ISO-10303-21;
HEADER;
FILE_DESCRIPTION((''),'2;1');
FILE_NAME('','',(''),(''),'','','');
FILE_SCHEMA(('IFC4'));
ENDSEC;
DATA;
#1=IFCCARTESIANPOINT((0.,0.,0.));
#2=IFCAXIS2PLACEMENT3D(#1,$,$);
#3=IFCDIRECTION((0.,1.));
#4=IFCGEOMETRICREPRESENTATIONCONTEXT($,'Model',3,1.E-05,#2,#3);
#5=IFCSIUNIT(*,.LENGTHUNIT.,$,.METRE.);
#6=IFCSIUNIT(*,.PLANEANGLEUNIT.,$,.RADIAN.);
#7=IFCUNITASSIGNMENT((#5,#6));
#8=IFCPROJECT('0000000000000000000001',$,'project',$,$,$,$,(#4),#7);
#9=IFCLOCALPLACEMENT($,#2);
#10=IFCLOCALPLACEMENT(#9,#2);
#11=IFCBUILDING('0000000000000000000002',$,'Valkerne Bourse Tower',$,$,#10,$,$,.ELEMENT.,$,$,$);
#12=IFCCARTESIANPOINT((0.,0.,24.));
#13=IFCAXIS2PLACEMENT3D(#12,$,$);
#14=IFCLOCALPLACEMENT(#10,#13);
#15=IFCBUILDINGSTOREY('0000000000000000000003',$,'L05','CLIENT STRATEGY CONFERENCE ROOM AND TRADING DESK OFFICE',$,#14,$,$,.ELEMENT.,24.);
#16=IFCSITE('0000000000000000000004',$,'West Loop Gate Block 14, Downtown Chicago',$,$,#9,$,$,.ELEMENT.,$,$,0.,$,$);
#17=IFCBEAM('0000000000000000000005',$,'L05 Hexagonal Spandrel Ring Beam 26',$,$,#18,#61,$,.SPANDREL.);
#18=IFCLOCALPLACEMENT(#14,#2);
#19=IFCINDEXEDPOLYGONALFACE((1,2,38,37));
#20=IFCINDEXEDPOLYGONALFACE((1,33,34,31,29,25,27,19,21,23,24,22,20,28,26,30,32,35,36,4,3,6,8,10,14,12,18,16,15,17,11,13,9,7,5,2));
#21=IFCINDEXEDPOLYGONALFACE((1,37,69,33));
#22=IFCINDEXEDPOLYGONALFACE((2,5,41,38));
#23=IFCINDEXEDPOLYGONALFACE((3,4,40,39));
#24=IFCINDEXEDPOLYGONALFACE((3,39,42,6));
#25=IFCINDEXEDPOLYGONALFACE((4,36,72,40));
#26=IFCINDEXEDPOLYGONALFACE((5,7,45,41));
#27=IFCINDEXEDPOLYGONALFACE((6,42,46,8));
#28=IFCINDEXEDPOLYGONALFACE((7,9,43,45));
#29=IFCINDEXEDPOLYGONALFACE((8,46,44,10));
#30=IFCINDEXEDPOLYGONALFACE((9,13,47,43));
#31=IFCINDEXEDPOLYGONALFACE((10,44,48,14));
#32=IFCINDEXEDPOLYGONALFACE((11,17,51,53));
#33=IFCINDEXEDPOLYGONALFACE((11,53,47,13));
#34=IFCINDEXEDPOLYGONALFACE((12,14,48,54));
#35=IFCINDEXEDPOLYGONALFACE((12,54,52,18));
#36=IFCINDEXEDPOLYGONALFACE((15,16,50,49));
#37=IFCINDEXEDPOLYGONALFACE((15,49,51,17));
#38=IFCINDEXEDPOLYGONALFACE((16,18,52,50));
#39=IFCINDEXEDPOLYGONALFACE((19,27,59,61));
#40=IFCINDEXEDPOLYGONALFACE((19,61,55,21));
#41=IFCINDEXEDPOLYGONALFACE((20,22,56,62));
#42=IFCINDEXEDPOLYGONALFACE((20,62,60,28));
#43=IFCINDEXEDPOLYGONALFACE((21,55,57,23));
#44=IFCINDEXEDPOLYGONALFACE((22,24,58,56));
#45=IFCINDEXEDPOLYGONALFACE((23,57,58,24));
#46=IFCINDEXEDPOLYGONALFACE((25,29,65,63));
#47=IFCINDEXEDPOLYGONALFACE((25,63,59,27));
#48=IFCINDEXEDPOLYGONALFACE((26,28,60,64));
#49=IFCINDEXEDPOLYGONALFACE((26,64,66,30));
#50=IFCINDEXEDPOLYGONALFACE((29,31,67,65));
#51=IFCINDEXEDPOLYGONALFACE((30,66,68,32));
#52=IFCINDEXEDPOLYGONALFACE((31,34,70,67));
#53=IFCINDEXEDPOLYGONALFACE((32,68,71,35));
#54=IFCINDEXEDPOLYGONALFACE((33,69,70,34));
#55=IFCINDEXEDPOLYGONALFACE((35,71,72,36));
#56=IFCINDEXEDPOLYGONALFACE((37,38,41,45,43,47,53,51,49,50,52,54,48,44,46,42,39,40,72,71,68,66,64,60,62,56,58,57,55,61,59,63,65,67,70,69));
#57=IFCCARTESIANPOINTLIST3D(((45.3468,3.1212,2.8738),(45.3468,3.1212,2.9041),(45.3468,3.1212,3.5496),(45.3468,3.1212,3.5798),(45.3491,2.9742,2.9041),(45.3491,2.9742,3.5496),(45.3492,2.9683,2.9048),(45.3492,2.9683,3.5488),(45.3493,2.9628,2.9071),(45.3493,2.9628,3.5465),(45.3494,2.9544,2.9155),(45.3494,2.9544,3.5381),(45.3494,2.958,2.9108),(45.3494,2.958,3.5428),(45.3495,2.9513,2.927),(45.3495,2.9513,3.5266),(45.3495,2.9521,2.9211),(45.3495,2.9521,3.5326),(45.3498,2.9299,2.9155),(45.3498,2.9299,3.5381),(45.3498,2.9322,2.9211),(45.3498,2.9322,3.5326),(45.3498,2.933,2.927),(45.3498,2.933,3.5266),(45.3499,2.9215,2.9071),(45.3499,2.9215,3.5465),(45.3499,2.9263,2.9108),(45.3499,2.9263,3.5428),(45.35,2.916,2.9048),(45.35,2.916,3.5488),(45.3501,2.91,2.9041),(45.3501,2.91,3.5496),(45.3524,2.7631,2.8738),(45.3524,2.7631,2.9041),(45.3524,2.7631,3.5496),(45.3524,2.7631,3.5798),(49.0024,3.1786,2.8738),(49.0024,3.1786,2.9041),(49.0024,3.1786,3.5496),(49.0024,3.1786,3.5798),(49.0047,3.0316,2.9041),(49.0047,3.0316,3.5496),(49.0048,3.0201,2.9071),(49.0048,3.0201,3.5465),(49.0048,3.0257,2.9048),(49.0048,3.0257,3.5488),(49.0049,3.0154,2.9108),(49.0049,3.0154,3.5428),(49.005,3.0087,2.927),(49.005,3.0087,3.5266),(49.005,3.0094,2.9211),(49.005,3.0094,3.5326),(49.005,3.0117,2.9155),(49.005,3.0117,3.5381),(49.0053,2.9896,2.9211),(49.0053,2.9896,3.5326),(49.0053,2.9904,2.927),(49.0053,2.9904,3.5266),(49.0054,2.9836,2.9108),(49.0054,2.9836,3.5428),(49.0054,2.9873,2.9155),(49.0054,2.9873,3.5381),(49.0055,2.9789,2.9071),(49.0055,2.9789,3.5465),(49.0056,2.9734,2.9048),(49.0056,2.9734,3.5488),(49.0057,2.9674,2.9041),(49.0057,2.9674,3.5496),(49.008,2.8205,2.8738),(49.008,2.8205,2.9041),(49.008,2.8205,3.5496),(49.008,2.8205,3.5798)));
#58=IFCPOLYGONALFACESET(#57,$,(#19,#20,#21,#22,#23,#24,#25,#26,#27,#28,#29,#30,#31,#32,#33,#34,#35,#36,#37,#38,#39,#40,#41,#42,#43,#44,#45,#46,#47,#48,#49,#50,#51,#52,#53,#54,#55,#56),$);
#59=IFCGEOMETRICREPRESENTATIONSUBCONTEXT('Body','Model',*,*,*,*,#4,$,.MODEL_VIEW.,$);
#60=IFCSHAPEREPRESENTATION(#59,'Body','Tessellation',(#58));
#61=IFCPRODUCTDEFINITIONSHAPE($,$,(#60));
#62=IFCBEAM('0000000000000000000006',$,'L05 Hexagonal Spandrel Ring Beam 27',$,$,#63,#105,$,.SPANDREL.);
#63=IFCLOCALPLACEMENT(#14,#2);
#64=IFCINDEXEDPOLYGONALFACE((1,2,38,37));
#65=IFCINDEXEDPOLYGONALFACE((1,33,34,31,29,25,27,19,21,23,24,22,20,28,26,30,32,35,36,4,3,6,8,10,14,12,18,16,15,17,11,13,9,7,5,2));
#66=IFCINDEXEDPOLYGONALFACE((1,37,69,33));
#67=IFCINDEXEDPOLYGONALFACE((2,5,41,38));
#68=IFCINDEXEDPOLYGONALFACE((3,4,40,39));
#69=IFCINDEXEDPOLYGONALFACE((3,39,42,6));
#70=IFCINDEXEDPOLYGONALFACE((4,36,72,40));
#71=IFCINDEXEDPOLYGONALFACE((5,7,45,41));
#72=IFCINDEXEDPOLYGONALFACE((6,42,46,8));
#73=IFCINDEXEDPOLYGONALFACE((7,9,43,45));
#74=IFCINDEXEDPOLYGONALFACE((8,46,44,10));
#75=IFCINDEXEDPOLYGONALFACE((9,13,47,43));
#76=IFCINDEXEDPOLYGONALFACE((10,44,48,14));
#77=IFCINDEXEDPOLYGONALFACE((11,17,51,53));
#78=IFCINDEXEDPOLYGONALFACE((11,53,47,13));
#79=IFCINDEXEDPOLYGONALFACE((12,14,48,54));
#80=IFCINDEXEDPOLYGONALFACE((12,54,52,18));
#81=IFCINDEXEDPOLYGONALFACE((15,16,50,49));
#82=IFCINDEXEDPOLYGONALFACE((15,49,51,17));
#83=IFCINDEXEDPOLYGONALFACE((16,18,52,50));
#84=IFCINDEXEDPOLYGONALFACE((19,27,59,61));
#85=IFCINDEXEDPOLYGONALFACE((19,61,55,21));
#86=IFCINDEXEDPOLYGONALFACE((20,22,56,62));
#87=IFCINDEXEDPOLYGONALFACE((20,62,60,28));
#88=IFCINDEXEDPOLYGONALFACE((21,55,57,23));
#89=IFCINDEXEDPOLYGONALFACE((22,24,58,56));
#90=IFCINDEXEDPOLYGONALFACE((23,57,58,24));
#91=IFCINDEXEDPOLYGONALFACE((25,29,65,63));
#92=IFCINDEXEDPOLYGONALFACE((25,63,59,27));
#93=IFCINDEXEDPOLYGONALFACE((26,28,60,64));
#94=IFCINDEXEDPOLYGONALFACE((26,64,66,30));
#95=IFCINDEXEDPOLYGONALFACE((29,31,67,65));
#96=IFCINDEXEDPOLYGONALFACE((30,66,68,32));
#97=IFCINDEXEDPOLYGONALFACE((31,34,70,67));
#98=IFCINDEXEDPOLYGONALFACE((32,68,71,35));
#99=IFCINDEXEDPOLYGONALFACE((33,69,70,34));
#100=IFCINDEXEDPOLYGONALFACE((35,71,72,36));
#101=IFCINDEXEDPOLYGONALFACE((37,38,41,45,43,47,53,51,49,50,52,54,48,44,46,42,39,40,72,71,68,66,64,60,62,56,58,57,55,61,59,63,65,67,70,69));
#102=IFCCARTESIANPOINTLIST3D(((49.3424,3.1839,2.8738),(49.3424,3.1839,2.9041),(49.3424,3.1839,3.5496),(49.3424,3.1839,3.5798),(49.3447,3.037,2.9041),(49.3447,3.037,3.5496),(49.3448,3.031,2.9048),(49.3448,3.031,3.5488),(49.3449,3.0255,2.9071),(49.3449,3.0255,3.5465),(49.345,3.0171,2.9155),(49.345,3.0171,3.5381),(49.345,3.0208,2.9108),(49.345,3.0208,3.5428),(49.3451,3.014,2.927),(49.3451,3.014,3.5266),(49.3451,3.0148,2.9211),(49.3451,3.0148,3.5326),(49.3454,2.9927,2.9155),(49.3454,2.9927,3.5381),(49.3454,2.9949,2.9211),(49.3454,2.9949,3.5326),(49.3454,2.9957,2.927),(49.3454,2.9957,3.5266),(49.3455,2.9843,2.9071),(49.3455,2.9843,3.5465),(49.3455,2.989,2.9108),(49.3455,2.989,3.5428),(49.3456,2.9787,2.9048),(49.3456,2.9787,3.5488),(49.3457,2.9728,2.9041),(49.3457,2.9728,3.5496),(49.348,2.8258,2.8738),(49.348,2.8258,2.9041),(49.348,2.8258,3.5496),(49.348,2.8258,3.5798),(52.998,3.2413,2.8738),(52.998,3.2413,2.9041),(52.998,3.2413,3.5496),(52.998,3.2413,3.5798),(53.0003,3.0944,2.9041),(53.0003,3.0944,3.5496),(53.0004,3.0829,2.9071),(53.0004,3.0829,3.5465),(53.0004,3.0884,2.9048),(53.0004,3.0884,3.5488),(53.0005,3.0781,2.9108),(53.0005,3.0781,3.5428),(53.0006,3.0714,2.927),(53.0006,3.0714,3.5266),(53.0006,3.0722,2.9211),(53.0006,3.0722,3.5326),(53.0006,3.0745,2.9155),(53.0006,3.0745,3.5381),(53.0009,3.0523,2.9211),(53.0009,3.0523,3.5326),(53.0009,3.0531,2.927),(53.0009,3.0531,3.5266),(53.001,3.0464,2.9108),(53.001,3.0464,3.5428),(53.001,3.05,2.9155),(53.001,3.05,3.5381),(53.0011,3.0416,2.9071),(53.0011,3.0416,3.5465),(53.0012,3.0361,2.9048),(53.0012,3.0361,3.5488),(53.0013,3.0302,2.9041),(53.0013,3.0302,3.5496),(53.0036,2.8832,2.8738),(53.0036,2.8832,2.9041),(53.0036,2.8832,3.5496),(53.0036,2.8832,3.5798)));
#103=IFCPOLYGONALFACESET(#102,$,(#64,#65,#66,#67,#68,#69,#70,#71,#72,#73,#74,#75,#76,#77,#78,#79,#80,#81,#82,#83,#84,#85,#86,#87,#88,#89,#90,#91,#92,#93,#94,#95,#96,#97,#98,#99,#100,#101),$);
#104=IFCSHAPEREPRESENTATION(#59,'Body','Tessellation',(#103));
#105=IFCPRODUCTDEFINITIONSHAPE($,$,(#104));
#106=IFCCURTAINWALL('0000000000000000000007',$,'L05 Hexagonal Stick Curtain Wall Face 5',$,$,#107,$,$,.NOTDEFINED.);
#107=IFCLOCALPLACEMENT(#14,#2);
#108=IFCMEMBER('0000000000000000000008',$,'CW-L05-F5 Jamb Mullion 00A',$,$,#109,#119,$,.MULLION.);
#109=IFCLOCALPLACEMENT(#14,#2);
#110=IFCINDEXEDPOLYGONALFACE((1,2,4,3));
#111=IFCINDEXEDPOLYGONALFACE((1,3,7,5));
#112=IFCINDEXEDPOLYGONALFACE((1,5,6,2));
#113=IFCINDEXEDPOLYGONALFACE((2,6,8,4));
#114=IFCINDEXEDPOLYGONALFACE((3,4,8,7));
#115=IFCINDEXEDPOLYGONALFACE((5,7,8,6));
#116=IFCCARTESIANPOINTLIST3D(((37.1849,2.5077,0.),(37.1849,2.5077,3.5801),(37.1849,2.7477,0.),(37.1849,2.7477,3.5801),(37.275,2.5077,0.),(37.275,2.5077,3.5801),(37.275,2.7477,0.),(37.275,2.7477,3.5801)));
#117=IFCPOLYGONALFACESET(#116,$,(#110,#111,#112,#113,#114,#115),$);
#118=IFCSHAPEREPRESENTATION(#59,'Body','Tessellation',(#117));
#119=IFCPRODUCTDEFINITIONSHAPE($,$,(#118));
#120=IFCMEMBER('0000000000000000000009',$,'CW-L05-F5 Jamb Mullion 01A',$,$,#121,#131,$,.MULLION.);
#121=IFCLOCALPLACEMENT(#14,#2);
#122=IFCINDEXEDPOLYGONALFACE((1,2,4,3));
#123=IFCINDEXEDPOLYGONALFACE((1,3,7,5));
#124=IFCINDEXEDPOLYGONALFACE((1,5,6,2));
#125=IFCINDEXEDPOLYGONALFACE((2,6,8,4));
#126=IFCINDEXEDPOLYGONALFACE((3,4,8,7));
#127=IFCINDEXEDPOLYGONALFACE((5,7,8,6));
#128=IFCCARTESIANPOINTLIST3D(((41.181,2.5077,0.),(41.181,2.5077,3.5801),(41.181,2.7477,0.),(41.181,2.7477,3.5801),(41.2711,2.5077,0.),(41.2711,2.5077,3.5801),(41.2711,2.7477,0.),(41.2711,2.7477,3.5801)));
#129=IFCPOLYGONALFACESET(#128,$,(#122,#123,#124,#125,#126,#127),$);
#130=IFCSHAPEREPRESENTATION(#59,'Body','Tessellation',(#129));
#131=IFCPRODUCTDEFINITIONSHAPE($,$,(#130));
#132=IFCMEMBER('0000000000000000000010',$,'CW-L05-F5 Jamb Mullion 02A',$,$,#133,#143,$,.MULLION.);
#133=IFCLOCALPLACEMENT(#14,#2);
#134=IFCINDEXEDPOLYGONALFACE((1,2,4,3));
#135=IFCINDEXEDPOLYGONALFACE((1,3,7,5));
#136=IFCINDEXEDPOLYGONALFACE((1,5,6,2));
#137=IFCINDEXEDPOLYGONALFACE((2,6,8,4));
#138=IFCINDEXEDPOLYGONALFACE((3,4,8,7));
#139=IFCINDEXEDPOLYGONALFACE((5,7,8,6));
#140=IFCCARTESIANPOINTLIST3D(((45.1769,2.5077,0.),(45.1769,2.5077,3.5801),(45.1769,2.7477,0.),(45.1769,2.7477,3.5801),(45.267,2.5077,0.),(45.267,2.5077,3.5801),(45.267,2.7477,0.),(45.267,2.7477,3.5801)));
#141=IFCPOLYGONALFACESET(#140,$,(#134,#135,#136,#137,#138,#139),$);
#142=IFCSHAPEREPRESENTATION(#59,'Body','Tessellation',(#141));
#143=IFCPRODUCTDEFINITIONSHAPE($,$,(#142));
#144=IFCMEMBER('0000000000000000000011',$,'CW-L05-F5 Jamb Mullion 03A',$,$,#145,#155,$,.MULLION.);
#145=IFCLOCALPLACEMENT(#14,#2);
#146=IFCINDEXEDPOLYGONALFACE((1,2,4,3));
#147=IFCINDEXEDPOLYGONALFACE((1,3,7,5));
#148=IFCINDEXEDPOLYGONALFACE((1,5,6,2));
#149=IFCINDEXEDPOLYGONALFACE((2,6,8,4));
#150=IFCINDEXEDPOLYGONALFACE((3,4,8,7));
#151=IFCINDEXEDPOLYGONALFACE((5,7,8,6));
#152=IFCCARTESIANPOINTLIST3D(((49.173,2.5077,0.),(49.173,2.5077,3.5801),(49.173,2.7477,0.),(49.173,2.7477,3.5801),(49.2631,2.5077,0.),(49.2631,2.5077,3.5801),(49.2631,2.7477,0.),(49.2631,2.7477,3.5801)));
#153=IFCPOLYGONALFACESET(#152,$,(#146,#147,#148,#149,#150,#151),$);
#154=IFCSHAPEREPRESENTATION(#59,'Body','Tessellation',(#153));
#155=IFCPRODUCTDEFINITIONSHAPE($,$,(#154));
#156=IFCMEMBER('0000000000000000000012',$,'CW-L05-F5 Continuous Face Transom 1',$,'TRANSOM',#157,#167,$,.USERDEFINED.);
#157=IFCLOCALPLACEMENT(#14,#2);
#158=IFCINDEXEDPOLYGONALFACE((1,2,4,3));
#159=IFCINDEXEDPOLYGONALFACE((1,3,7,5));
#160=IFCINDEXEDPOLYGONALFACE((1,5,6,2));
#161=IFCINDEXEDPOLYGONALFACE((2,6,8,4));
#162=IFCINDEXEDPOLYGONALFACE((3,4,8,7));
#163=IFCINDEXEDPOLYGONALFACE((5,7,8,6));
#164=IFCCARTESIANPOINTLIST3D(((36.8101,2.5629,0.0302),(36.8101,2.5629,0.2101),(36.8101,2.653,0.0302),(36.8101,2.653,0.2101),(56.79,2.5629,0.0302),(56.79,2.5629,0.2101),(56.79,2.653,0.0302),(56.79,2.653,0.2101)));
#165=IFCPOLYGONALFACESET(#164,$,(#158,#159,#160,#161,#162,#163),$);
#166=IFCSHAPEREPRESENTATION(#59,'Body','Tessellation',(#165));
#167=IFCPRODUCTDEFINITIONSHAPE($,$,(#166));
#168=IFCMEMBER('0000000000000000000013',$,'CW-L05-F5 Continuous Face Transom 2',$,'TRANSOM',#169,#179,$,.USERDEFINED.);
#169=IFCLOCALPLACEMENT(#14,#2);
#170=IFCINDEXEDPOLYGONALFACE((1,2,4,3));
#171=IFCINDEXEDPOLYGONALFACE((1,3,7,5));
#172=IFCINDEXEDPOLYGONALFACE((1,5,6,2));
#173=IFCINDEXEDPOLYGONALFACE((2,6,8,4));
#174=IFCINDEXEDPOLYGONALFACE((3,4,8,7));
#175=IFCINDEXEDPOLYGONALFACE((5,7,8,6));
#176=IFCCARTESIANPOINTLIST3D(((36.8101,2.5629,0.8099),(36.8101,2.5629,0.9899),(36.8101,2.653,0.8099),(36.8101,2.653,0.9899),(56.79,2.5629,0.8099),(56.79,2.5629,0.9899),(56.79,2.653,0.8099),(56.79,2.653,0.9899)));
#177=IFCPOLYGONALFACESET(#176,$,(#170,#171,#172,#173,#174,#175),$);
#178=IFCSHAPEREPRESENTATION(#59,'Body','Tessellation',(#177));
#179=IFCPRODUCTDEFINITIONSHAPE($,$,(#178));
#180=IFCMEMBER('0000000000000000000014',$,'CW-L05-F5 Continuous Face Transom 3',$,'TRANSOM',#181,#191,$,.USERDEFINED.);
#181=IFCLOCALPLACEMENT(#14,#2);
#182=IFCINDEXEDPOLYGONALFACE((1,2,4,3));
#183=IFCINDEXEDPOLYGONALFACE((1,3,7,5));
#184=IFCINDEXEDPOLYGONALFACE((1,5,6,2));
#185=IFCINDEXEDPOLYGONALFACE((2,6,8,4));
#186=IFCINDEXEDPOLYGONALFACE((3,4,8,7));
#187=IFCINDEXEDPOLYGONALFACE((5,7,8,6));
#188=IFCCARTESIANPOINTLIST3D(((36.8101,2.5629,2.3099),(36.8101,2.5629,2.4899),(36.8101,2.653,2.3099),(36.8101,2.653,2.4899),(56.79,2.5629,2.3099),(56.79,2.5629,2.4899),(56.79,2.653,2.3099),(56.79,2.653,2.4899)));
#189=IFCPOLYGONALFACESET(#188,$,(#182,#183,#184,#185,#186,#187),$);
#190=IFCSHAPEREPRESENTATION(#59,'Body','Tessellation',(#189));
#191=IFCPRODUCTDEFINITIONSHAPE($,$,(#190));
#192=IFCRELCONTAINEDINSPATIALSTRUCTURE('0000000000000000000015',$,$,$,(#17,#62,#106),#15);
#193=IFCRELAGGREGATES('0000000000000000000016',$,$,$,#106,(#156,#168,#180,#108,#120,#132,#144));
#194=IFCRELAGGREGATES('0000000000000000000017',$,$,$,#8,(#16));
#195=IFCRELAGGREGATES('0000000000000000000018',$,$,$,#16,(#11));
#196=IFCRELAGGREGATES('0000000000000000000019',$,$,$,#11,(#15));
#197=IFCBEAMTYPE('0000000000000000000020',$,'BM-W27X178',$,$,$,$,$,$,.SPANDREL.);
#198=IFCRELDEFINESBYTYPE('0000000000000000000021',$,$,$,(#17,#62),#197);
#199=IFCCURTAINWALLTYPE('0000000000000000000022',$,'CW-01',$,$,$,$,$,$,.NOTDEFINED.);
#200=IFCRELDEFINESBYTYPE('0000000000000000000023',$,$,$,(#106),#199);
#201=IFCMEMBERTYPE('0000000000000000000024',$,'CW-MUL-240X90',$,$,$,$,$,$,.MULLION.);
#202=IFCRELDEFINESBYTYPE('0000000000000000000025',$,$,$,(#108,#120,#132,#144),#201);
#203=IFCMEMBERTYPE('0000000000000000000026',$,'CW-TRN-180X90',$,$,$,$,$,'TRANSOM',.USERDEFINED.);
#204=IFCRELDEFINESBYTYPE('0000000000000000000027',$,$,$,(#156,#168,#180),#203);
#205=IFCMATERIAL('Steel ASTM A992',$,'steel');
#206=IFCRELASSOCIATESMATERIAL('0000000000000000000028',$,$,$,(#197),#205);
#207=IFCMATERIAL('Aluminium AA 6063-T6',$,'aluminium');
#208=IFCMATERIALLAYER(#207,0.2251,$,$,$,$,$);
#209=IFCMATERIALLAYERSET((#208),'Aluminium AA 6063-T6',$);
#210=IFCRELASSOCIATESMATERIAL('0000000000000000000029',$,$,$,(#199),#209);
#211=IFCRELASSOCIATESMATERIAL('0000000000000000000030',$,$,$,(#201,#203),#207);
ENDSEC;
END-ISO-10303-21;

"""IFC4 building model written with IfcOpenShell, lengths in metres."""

from ifc_helpers import new_model, si_unit, direction, frame, origin, origin_2d, place, context, subcontext, project, spatial, rectangle, i_section, extrude, material, layer, layer_set, material_profile, profile_set, type_object, element, aggregate, save


model = new_model("IFC4")

# Units and contexts
model_context = context("Model", 3, precision=1e-05, world=origin(), true_north=direction((0.0, 1.0)))
body_context = subcontext(model_context, "Body", "Model", "MODEL_VIEW")
ifc_project = project(units=[si_unit("LENGTHUNIT", "METRE"), si_unit("PLANEANGLEUNIT", "RADIAN")], contexts=[model_context])

# Site, building, storey
site_placement = place(None, origin())
site = spatial("IfcSite", under=ifc_project, at=site_placement, Name="West Loop Gate Block 14, Downtown Chicago", CompositionType="ELEMENT", RefElevation=0.0)
building_placement = place(site_placement, origin())
building = spatial("IfcBuilding", under=site, at=building_placement, Name="Valkerne Bourse Tower", CompositionType="ELEMENT")
storey_placement = place(building_placement, frame((0.0, 0.0, 24.0)))
storey = spatial("IfcBuildingStorey", under=building, at=storey_placement, Name="L05", Description="CLIENT STRATEGY CONFERENCE ROOM AND TRADING DESK OFFICE", CompositionType="ELEMENT", Elevation=24.0)

# Beams
ifc_material_1 = material(Name="Steel ASTM A992", Category="steel")
ifc_material_profile_1 = material_profile(ifc_material_1, i_section(OverallWidth=0.3582, OverallDepth=0.7061, WebThickness=0.0183, FlangeThickness=0.0303, FilletRadius=0.0229, at=origin_2d()), Name="W27X178")
ifc_profile_set_1 = profile_set([ifc_material_profile_1], Name="Steel ASTM A992")
beam_type_1 = type_object("IfcBeamType", Name="BM-W27X178", PredefinedType="SPANDREL", material=ifc_profile_set_1)
for number, where, z_axis, x_axis, name in (
    (1, (45.3496, 2.9421, 3.2268), (0.999877, 0.015693, 0.0), (-0.015693, 0.999877, 0.0), "L05 Hexagonal Spandrel Ring Beam 26"),
    (2, (49.3452, 3.0049, 3.2268), (0.999877, 0.015693, 0.0), (-0.015693, 0.999877, 0.0), "L05 Hexagonal Spandrel Ring Beam 27"),
):
    element("IfcBeam", number, at=place(storey_placement, frame(where, z_axis=z_axis, x_axis=x_axis)), inside=storey, type_object=beam_type_1, Name=name, PredefinedType="SPANDREL", context=body_context, shape_type="SweptSolid", body=[
        extrude(i_section(OverallWidth=0.3582, OverallDepth=0.7061, WebThickness=0.0183, FlangeThickness=0.0303, FilletRadius=0.0229, at=origin_2d()), origin(), (0.0, 0.0, 1.0), 3.656),
    ])

# Curtain wall, members
ifc_material_2 = material(Name="Aluminium AA 6063-T6", Category="aluminium")
ifc_layer_1 = layer(ifc_material_2, 0.2251)
ifc_layer_set_1 = layer_set([ifc_layer_1], Name="Aluminium AA 6063-T6")
curtain_wall_type = type_object("IfcCurtainWallType", Name="CW-01", PredefinedType="NOTDEFINED", material=ifc_layer_set_1)
curtain_wall_placement = place(storey_placement, origin())
curtain_wall = element("IfcCurtainWall", 3, at=curtain_wall_placement, inside=storey, type_object=curtain_wall_type, Name="L05 Hexagonal Stick Curtain Wall Face 5", PredefinedType="NOTDEFINED")
ifc_material_profile_2 = material_profile(ifc_material_2, rectangle(XDim=0.0901, YDim=0.24, at=origin_2d()), Name="CWM-90X240")
ifc_profile_set_2 = profile_set([ifc_material_profile_2], Name="Aluminium AA 6063-T6")
member_type_1 = type_object("IfcMemberType", Name="CW-MUL-240X90", PredefinedType="MULLION", material=ifc_profile_set_2)
member_1_placement = place(storey_placement, frame((37.23, 2.6277, 0.0), z_axis=(0.0, 0.0, 1.0), x_axis=(1.0, 0.0, 0.0)))
member_1 = element("IfcMember", 4, at=member_1_placement, type_object=member_type_1, Name="CW-L05-F5 Jamb Mullion 00A", PredefinedType="MULLION", context=body_context, shape_type="SweptSolid", body=[
    extrude(rectangle(XDim=0.0901, YDim=0.24, at=origin_2d()), origin(), (0.0, 0.0, 1.0), 3.5801),
])
member_2_placement = place(storey_placement, frame((41.2261, 2.6277, 0.0), z_axis=(0.0, 0.0, 1.0), x_axis=(1.0, 0.0, 0.0)))
member_2 = element("IfcMember", 5, at=member_2_placement, type_object=member_type_1, Name="CW-L05-F5 Jamb Mullion 01A", PredefinedType="MULLION", context=body_context, shape_type="SweptSolid", body=[
    extrude(rectangle(XDim=0.0901, YDim=0.24, at=origin_2d()), origin(), (0.0, 0.0, 1.0), 3.5801),
])
member_3_placement = place(storey_placement, frame((45.2219, 2.6277, 0.0), z_axis=(0.0, 0.0, 1.0), x_axis=(1.0, 0.0, 0.0)))
member_3 = element("IfcMember", 6, at=member_3_placement, type_object=member_type_1, Name="CW-L05-F5 Jamb Mullion 02A", PredefinedType="MULLION", context=body_context, shape_type="SweptSolid", body=[
    extrude(rectangle(XDim=0.0901, YDim=0.24, at=origin_2d()), origin(), (0.0, 0.0, 1.0), 3.5801),
])
member_4_placement = place(storey_placement, frame((49.218, 2.6277, 0.0), z_axis=(0.0, 0.0, 1.0), x_axis=(1.0, 0.0, 0.0)))
member_4 = element("IfcMember", 7, at=member_4_placement, type_object=member_type_1, Name="CW-L05-F5 Jamb Mullion 03A", PredefinedType="MULLION", context=body_context, shape_type="SweptSolid", body=[
    extrude(rectangle(XDim=0.0901, YDim=0.24, at=origin_2d()), origin(), (0.0, 0.0, 1.0), 3.5801),
])
ifc_material_profile_3 = material_profile(ifc_material_2, rectangle(XDim=0.0901, YDim=0.1799, at=origin_2d()), Name="CWT-90X180")
ifc_profile_set_3 = profile_set([ifc_material_profile_3], Name="Aluminium AA 6063-T6")
member_type_2 = type_object("IfcMemberType", Name="CW-TRN-180X90", ElementType="TRANSOM", PredefinedType="USERDEFINED", material=ifc_profile_set_3)
member_5_placement = place(storey_placement, frame((36.8101, 2.6079, 0.1201), z_axis=(1.0, 0.0, 0.0), x_axis=(0.0, 1.0, 0.0)))
member_5 = element("IfcMember", 8, at=member_5_placement, type_object=member_type_2, Name="CW-L05-F5 Continuous Face Transom 1", ObjectType="TRANSOM", PredefinedType="USERDEFINED", context=body_context, shape_type="SweptSolid", body=[
    extrude(rectangle(XDim=0.0901, YDim=0.1799, at=origin_2d()), origin(), (0.0, 0.0, 1.0), 19.98),
])
member_6_placement = place(storey_placement, frame((36.8101, 2.6079, 0.8999), z_axis=(1.0, 0.0, 0.0), x_axis=(0.0, 1.0, 0.0)))
member_6 = element("IfcMember", 9, at=member_6_placement, type_object=member_type_2, Name="CW-L05-F5 Continuous Face Transom 2", ObjectType="TRANSOM", PredefinedType="USERDEFINED", context=body_context, shape_type="SweptSolid", body=[
    extrude(rectangle(XDim=0.0901, YDim=0.1799, at=origin_2d()), origin(), (0.0, 0.0, 1.0), 19.98),
])
member_7_placement = place(storey_placement, frame((36.8101, 2.6079, 2.3999), z_axis=(1.0, 0.0, 0.0), x_axis=(0.0, 1.0, 0.0)))
member_7 = element("IfcMember", 10, at=member_7_placement, type_object=member_type_2, Name="CW-L05-F5 Continuous Face Transom 3", ObjectType="TRANSOM", PredefinedType="USERDEFINED", context=body_context, shape_type="SweptSolid", body=[
    extrude(rectangle(XDim=0.0901, YDim=0.1799, at=origin_2d()), origin(), (0.0, 0.0, 1.0), 19.98),
])

aggregate(curtain_wall, [member_5, member_6, member_7, member_1, member_2, member_3, member_4])

save(model, "model.ifc")
